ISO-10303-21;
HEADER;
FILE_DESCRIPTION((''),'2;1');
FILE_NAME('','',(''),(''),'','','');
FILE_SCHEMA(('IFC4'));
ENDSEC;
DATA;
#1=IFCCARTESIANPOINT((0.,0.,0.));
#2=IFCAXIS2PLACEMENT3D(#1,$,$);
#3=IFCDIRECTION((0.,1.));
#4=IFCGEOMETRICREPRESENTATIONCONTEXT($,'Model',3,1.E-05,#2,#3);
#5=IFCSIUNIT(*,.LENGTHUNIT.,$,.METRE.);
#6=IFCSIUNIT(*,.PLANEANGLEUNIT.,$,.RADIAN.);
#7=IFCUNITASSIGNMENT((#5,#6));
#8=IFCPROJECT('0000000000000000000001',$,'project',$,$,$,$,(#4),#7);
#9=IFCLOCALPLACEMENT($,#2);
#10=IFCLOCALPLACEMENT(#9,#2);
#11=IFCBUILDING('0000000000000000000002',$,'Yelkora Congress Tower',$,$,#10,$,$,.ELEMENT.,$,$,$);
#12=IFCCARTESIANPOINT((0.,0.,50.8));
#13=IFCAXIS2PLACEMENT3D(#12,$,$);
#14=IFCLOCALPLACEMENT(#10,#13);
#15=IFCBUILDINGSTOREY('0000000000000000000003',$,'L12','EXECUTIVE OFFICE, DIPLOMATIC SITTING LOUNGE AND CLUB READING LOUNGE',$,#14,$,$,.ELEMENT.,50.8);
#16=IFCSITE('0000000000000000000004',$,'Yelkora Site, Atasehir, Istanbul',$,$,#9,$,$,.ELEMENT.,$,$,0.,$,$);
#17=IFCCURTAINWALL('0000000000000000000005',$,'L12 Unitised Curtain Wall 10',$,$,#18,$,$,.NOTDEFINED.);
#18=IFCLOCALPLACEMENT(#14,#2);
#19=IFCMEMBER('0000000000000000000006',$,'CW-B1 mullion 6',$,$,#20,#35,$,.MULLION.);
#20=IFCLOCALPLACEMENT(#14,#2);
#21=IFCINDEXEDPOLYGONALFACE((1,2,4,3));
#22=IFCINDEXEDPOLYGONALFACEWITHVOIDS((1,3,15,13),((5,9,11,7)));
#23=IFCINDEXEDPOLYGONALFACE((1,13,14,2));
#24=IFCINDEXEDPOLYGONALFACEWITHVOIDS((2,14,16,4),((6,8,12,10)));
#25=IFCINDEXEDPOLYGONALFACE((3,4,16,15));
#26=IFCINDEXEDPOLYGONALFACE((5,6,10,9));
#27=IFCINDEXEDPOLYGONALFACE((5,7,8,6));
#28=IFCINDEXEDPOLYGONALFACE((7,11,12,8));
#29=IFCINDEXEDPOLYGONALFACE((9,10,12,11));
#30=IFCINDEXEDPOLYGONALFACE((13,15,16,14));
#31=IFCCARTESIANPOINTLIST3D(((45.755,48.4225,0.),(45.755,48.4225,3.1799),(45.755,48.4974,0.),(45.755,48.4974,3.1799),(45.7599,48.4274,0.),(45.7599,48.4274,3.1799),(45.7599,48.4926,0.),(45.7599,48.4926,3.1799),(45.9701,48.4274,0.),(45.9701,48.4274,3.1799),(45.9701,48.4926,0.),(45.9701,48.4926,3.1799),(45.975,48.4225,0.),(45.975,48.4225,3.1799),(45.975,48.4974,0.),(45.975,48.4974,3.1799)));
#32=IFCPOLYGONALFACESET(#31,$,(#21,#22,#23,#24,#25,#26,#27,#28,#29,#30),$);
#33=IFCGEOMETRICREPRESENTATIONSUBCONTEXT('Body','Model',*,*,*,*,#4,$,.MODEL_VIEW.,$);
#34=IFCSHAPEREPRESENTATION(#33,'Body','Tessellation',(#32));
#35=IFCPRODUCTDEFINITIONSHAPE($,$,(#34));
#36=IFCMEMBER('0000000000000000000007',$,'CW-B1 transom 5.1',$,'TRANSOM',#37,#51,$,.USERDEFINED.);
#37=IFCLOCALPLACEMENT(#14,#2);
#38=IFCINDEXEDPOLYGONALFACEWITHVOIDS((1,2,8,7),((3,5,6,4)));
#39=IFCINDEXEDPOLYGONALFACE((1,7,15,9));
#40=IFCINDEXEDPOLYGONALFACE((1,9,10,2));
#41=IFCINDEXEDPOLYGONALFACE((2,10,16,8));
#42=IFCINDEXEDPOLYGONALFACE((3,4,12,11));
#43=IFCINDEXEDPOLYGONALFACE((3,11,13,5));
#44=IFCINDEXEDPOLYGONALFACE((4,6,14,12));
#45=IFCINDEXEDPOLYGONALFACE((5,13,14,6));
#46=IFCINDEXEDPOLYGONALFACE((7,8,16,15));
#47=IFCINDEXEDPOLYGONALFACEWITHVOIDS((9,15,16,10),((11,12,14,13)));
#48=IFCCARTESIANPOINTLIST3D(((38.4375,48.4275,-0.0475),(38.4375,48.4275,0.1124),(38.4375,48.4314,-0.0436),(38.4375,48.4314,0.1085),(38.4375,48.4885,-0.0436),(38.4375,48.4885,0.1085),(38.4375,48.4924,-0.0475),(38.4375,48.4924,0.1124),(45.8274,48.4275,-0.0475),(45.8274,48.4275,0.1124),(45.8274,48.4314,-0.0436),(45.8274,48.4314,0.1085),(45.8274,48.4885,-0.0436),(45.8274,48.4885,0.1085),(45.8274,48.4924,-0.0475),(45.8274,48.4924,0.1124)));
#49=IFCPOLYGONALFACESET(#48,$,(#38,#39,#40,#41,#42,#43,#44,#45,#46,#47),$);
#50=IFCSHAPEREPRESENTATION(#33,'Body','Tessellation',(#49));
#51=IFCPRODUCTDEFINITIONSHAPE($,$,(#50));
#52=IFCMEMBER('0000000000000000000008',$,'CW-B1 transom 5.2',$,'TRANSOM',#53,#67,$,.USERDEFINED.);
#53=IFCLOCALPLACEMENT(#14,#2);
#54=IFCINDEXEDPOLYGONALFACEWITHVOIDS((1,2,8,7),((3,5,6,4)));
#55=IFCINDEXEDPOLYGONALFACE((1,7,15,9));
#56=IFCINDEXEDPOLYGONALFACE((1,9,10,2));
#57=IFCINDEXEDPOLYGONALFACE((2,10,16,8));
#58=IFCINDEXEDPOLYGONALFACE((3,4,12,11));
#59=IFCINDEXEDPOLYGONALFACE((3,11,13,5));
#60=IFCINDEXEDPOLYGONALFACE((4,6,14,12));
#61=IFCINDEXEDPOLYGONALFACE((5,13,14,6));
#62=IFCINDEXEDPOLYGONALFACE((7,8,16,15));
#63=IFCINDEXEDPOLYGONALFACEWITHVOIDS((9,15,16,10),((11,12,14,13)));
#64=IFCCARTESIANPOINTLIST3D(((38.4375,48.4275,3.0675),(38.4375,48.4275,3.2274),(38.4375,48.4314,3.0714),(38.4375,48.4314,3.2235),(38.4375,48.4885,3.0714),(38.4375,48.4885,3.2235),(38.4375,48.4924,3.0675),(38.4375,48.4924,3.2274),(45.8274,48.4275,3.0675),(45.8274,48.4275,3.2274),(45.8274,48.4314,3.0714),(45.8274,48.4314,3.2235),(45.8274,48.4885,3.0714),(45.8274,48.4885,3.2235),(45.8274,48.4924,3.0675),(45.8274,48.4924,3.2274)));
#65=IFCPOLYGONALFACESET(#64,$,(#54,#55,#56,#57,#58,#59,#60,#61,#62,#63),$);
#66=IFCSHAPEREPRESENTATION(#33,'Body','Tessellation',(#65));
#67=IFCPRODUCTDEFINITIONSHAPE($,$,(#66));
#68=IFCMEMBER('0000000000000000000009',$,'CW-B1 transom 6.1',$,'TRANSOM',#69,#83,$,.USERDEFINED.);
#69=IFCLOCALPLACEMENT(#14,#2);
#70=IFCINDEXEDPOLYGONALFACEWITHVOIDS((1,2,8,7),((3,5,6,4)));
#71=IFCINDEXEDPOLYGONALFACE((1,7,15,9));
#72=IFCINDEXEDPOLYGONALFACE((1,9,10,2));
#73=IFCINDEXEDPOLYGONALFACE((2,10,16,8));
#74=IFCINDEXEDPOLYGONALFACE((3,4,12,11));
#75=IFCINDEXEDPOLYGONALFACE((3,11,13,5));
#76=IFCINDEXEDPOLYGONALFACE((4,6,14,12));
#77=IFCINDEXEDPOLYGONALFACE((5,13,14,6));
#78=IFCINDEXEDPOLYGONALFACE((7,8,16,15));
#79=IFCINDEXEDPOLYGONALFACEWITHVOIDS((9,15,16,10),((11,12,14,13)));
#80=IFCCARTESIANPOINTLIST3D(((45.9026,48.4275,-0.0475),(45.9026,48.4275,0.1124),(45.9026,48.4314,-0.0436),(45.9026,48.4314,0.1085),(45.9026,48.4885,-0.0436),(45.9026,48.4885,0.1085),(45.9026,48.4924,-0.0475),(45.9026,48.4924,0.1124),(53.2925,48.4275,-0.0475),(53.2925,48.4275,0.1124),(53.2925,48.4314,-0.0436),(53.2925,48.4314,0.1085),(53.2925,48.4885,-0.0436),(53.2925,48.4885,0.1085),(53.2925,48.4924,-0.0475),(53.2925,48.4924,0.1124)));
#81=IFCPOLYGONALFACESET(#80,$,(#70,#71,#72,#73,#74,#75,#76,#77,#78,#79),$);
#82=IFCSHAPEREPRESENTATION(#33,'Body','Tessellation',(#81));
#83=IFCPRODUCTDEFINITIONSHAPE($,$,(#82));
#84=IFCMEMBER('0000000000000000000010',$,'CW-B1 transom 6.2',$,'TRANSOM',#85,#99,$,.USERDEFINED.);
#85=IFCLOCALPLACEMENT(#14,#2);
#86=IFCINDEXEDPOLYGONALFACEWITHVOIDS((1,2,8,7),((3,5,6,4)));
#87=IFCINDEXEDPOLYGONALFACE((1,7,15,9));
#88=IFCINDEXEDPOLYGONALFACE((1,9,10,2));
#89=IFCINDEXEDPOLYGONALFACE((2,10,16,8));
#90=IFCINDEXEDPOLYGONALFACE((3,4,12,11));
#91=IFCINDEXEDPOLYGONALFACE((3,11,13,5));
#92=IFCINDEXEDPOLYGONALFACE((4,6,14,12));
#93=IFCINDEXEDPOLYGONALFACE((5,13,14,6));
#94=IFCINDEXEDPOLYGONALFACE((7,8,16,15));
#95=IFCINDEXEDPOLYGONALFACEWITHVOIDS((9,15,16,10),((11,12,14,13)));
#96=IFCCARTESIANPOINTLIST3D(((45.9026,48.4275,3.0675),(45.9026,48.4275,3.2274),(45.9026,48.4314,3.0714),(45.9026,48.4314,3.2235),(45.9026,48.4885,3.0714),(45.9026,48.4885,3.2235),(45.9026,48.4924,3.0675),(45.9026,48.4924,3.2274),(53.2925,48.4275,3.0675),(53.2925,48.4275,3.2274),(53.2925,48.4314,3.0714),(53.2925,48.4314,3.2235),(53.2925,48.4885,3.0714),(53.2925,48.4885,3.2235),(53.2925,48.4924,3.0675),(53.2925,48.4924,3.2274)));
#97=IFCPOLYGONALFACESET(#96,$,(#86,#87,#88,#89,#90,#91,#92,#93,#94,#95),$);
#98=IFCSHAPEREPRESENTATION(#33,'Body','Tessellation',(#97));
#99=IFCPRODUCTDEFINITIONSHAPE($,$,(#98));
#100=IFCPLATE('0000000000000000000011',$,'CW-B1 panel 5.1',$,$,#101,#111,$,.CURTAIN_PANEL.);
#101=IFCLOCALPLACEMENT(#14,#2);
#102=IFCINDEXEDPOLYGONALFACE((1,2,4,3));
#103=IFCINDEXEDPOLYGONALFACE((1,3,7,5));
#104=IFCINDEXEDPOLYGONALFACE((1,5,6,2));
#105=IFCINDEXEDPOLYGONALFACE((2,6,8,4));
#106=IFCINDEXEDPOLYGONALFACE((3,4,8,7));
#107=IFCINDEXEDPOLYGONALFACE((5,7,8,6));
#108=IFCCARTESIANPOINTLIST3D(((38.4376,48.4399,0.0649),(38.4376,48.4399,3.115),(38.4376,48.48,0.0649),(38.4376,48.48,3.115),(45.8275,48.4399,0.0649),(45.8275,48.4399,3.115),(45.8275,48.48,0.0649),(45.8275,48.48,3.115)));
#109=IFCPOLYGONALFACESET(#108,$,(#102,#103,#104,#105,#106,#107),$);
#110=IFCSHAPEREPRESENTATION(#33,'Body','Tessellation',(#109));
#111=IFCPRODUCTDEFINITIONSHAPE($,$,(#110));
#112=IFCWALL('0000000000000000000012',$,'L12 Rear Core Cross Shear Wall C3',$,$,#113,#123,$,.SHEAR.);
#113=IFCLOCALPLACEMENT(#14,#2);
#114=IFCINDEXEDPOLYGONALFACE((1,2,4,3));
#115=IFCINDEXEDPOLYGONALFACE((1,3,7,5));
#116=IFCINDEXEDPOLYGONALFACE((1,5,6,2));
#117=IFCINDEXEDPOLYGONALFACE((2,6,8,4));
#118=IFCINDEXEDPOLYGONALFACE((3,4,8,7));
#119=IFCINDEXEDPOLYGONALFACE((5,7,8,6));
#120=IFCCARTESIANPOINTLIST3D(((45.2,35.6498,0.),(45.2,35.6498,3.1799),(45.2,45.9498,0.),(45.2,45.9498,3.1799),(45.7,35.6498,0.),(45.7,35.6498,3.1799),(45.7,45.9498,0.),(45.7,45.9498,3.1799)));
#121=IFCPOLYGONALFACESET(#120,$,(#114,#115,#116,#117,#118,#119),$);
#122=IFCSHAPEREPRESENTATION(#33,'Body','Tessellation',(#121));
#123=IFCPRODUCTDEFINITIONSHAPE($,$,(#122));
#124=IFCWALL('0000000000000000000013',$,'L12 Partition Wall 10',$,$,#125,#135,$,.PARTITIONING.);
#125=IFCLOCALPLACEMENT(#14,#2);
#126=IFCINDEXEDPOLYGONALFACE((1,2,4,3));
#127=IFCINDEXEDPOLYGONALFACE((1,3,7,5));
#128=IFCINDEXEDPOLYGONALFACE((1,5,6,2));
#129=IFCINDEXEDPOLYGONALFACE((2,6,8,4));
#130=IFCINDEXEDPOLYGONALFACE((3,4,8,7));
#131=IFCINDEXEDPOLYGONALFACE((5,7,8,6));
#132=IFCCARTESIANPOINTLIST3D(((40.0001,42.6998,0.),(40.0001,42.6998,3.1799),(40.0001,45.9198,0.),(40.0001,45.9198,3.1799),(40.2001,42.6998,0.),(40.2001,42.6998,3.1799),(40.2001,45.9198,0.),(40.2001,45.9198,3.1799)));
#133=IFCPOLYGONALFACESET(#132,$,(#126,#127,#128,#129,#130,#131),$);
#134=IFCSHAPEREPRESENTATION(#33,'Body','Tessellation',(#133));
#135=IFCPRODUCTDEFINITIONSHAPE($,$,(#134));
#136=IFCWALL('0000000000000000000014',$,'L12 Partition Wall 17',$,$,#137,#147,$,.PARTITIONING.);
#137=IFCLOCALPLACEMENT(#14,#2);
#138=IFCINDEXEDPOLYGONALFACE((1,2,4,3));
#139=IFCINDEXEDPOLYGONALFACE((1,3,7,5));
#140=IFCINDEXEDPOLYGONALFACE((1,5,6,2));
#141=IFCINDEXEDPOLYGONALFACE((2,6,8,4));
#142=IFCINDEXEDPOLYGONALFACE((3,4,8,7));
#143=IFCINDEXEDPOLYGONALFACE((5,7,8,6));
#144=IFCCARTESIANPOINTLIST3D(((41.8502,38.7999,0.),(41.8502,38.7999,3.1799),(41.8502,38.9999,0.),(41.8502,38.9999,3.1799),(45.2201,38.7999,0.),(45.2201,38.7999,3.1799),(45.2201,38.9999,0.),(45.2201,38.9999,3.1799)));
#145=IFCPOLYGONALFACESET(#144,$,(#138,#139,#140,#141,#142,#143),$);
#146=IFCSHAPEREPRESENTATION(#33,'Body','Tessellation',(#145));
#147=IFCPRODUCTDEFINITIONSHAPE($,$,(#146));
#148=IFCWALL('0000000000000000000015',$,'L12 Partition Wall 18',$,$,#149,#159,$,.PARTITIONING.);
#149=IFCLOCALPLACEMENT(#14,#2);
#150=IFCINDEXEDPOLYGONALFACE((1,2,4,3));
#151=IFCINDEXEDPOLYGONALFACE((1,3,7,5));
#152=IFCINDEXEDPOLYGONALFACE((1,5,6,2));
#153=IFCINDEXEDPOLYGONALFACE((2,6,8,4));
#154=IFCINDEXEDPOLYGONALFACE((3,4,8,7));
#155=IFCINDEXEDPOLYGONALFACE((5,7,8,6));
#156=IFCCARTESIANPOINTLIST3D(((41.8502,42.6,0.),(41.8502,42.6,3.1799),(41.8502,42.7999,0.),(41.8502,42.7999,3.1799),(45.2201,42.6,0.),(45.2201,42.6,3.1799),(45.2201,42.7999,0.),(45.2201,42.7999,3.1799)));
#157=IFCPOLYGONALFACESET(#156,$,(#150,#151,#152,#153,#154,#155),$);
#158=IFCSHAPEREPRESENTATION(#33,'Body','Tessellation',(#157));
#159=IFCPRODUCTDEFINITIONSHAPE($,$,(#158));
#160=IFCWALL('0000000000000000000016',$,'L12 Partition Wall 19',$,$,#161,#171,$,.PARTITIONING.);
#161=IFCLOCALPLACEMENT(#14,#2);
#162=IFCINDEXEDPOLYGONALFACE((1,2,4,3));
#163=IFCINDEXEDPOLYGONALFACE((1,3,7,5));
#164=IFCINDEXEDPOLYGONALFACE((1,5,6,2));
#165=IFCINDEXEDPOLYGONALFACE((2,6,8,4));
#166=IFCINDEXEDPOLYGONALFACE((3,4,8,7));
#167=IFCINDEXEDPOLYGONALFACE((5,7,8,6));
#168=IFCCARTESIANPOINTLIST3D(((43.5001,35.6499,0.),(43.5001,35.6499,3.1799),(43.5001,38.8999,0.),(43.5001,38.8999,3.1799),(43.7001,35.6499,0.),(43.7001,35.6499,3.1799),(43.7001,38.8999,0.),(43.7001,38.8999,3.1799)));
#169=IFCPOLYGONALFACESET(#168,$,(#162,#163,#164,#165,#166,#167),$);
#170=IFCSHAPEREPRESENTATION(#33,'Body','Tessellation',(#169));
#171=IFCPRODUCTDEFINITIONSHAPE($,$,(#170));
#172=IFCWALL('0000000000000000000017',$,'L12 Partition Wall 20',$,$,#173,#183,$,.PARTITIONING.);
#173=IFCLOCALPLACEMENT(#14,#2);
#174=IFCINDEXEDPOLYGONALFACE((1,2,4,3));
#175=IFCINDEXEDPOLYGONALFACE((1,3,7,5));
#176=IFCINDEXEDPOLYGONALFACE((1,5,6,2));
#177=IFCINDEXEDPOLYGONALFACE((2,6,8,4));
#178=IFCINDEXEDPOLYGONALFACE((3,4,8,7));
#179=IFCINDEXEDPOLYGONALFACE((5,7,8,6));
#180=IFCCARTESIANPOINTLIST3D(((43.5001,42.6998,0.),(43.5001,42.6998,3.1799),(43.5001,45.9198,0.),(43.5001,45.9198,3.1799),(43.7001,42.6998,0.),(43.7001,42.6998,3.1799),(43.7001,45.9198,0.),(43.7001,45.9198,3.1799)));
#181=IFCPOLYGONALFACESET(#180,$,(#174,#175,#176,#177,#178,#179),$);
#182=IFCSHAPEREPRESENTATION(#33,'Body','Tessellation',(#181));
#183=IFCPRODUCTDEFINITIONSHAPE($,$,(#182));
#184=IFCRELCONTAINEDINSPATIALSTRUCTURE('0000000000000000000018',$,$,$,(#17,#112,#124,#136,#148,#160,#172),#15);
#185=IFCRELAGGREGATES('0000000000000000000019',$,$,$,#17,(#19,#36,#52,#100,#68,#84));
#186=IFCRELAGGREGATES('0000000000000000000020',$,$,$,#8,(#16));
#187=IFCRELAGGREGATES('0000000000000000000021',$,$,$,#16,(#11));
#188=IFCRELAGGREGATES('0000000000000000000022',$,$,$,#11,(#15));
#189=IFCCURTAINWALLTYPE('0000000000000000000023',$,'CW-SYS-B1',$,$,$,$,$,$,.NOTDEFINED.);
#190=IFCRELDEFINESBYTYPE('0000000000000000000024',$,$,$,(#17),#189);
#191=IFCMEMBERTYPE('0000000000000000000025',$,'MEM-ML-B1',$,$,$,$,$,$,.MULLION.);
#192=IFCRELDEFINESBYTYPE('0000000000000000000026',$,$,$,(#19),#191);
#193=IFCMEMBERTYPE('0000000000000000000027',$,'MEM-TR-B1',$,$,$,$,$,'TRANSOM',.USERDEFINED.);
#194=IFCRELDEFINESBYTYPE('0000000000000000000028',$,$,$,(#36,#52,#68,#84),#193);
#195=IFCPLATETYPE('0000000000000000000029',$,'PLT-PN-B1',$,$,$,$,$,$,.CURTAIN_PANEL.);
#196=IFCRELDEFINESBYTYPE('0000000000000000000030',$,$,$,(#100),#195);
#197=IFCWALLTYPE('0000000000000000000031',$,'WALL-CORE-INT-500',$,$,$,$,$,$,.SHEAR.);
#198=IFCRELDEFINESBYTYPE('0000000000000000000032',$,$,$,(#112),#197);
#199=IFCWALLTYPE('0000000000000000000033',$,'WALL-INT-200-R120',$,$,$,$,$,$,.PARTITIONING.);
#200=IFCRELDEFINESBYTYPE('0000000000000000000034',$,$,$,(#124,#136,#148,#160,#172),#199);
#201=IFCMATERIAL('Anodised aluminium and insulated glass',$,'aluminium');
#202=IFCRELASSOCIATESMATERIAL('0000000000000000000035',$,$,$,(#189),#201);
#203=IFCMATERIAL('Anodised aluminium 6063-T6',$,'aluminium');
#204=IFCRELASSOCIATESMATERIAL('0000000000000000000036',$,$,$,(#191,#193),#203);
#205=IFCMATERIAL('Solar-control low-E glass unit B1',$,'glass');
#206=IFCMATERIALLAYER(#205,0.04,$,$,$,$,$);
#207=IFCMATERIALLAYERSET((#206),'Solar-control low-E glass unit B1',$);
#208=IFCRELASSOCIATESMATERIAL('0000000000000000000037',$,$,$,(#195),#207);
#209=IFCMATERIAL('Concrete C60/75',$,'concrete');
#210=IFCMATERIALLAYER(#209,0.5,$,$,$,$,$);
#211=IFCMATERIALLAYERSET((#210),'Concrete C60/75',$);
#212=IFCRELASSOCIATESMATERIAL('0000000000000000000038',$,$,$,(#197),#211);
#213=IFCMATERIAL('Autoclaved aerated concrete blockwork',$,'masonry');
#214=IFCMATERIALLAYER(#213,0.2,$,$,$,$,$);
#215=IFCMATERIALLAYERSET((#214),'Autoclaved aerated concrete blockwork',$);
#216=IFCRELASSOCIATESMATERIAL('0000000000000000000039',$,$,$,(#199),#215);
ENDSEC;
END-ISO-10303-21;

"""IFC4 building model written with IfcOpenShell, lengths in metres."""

from ifc_helpers import new_model, si_unit, direction, frame, frame_2d, origin, origin_2d, place, context, subcontext, project, spatial, rectangle, hollow_rectangle, extrude, material, layer, layer_set, material_profile, profile_set, type_object, element, aggregate, save


model = new_model("IFC4")

# Units and contexts
model_context = context("Model", 3, precision=1e-05, world=origin(), true_north=direction((0.0, 1.0)))
body_context = subcontext(model_context, "Body", "Model", "MODEL_VIEW")
ifc_project = project(units=[si_unit("LENGTHUNIT", "METRE"), si_unit("PLANEANGLEUNIT", "RADIAN")], contexts=[model_context])

# Site, building, storey
site_placement = place(None, origin())
site = spatial("IfcSite", under=ifc_project, at=site_placement, Name="Yelkora Site, Atasehir, Istanbul", CompositionType="ELEMENT", RefElevation=0.0)
building_placement = place(site_placement, origin())
building = spatial("IfcBuilding", under=site, at=building_placement, Name="Yelkora Congress Tower", CompositionType="ELEMENT")
storey_placement = place(building_placement, frame((0.0, 0.0, 50.8)))
storey = spatial("IfcBuildingStorey", under=building, at=storey_placement, Name="L12", Description="EXECUTIVE OFFICE, DIPLOMATIC SITTING LOUNGE AND CLUB READING LOUNGE", CompositionType="ELEMENT", Elevation=50.8)

# Shared definitions
ifc_material_1 = material(Name="Concrete C60/75", Category="concrete")

# Curtain wall, members, plate
ifc_material_2 = material(Name="Anodised aluminium and insulated glass", Category="aluminium")
curtain_wall_type = type_object("IfcCurtainWallType", Name="CW-SYS-B1", PredefinedType="NOTDEFINED", material=ifc_material_2)
curtain_wall_placement = place(storey_placement, origin())
curtain_wall = element("IfcCurtainWall", 1, at=curtain_wall_placement, inside=storey, type_object=curtain_wall_type, Name="L12 Unitised Curtain Wall 10", PredefinedType="NOTDEFINED")
ifc_material_3 = material(Name="Anodised aluminium 6063-T6", Category="aluminium")
ifc_material_profile_1 = material_profile(ifc_material_3, hollow_rectangle(XDim=0.075, YDim=0.22, WallThickness=0.0049, at=origin_2d()), Name="ALU 75x220x5")
ifc_profile_set_1 = profile_set([ifc_material_profile_1], Name="Anodised aluminium 6063-T6")
member_type_1 = type_object("IfcMemberType", Name="MEM-ML-B1", PredefinedType="MULLION", material=ifc_profile_set_1)
member_1_placement = place(storey_placement, frame((45.865, 48.46, 0.0), z_axis=(0.0, 0.0, 1.0), x_axis=(0.0, 1.0, 0.0)))
member_1 = element("IfcMember", 2, at=member_1_placement, type_object=member_type_1, Name="CW-B1 mullion 6", PredefinedType="MULLION", context=body_context, shape_type="SweptSolid", body=[
    extrude(hollow_rectangle(XDim=0.075, YDim=0.22, WallThickness=0.0049, at=origin_2d()), origin(), (0.0, 0.0, 1.0), 3.1799),
])
ifc_material_profile_2 = material_profile(ifc_material_3, hollow_rectangle(XDim=0.0649, YDim=0.1599, WallThickness=0.0039, at=origin_2d()), Name="ALU 65x160x4")
ifc_profile_set_2 = profile_set([ifc_material_profile_2], Name="Anodised aluminium 6063-T6")
member_type_2 = type_object("IfcMemberType", Name="MEM-TR-B1", ElementType="TRANSOM", PredefinedType="USERDEFINED", material=ifc_profile_set_2)
member_2_placement = place(storey_placement, frame((38.4375, 48.46, 0.0325), z_axis=(1.0, 0.0, 0.0), x_axis=(0.0, 1.0, 0.0)))
member_2 = element("IfcMember", 3, at=member_2_placement, type_object=member_type_2, Name="CW-B1 transom 5.1", ObjectType="TRANSOM", PredefinedType="USERDEFINED", context=body_context, shape_type="SweptSolid", body=[
    extrude(hollow_rectangle(XDim=0.0649, YDim=0.1599, WallThickness=0.0039, at=origin_2d()), origin(), (0.0, 0.0, 1.0), 7.3899),
])
member_3_placement = place(storey_placement, frame((38.4375, 48.46, 3.1475), z_axis=(1.0, 0.0, 0.0), x_axis=(0.0, 1.0, 0.0)))
member_3 = element("IfcMember", 4, at=member_3_placement, type_object=member_type_2, Name="CW-B1 transom 5.2", ObjectType="TRANSOM", PredefinedType="USERDEFINED", context=body_context, shape_type="SweptSolid", body=[
    extrude(hollow_rectangle(XDim=0.0649, YDim=0.1599, WallThickness=0.0039, at=origin_2d()), origin(), (0.0, 0.0, 1.0), 7.3899),
])
member_4_placement = place(storey_placement, frame((45.9026, 48.46, 0.0325), z_axis=(1.0, 0.0, 0.0), x_axis=(0.0, 1.0, 0.0)))
member_4 = element("IfcMember", 5, at=member_4_placement, type_object=member_type_2, Name="CW-B1 transom 6.1", ObjectType="TRANSOM", PredefinedType="USERDEFINED", context=body_context, shape_type="SweptSolid", body=[
    extrude(hollow_rectangle(XDim=0.0649, YDim=0.1599, WallThickness=0.0039, at=origin_2d()), origin(), (0.0, 0.0, 1.0), 7.3899),
])
member_5_placement = place(storey_placement, frame((45.9026, 48.46, 3.1475), z_axis=(1.0, 0.0, 0.0), x_axis=(0.0, 1.0, 0.0)))
member_5 = element("IfcMember", 6, at=member_5_placement, type_object=member_type_2, Name="CW-B1 transom 6.2", ObjectType="TRANSOM", PredefinedType="USERDEFINED", context=body_context, shape_type="SweptSolid", body=[
    extrude(hollow_rectangle(XDim=0.0649, YDim=0.1599, WallThickness=0.0039, at=origin_2d()), origin(), (0.0, 0.0, 1.0), 7.3899),
])
ifc_material_4 = material(Name="Solar-control low-E glass unit B1", Category="glass")
ifc_layer_1 = layer(ifc_material_4, 0.04)
ifc_layer_set_1 = layer_set([ifc_layer_1], Name="Solar-control low-E glass unit B1")
plate_type = type_object("IfcPlateType", Name="PLT-PN-B1", PredefinedType="CURTAIN_PANEL", material=ifc_layer_set_1)
plate_placement = place(storey_placement, frame((42.1326, 48.46, 0.0649), z_axis=(0.0, 0.0, 1.0), x_axis=(1.0, 0.0, 0.0)))
plate = element("IfcPlate", 7, at=plate_placement, type_object=plate_type, Name="CW-B1 panel 5.1", PredefinedType="CURTAIN_PANEL", context=body_context, shape_type="SweptSolid", body=[
    extrude(rectangle(XDim=7.3899, YDim=0.04, at=origin_2d()), origin(), (0.0, 0.0, 1.0), 3.05),
])
aggregate(curtain_wall, [member_1, member_2, member_3, plate, member_4, member_5])

# Wall
ifc_layer_2 = layer(ifc_material_1, 0.5)
ifc_layer_set_2 = layer_set([ifc_layer_2], Name="Concrete C60/75")
wall_type_1 = type_object("IfcWallType", Name="WALL-CORE-INT-500", PredefinedType="SHEAR", material=ifc_layer_set_2)
wall_1_placement = place(storey_placement, frame((45.45, 35.6499, 0.0), z_axis=(0.0, 0.0, 1.0), x_axis=(0.0, 1.0, 0.0)))
element("IfcWall", 8, at=wall_1_placement, inside=storey, type_object=wall_type_1, Name="L12 Rear Core Cross Shear Wall C3", PredefinedType="SHEAR", context=body_context, shape_type="SweptSolid", body=[
    extrude(rectangle(XDim=10.3, YDim=0.5, at=frame_2d((5.1499, 0.0))), origin(), (0.0, 0.0, 1.0), 3.1799),
])

# Walls
ifc_material_5 = material(Name="Autoclaved aerated concrete blockwork", Category="masonry")
ifc_layer_3 = layer(ifc_material_5, 0.2)
ifc_layer_set_3 = layer_set([ifc_layer_3], Name="Autoclaved aerated concrete blockwork")
wall_type_2 = type_object("IfcWallType", Name="WALL-INT-200-R120", PredefinedType="PARTITIONING", material=ifc_layer_set_3)
wall_2_placement = place(storey_placement, frame((40.1001, 42.7, 0.0), z_axis=(0.0, 0.0, 1.0), x_axis=(0.0, 1.0, 0.0)))
element("IfcWall", 9, at=wall_2_placement, inside=storey, type_object=wall_type_2, Name="L12 Partition Wall 10", PredefinedType="PARTITIONING", context=body_context, shape_type="SweptSolid", body=[
    extrude(rectangle(XDim=3.22, YDim=0.2, at=frame_2d((1.6099, 0.0))), origin(), (0.0, 0.0, 1.0), 3.1799),
])
for number, where, z_axis, x_axis, name in (
    (10, (41.8501, 38.8999, 0.0), (0.0, 0.0, 1.0), (1.0, 0.0, 0.0), "L12 Partition Wall 17"),
    (11, (41.8501, 42.7, 0.0), (0.0, 0.0, 1.0), (1.0, 0.0, 0.0), "L12 Partition Wall 18"),
):
    element("IfcWall", number, at=place(storey_placement, frame(where, z_axis=z_axis, x_axis=x_axis)), inside=storey, type_object=wall_type_2, Name=name, PredefinedType="PARTITIONING", context=body_context, shape_type="SweptSolid", body=[
        extrude(rectangle(XDim=3.3699, YDim=0.2, at=frame_2d((1.6851, 0.0))), origin(), (0.0, 0.0, 1.0), 3.1799),
    ])
wall_3_placement = place(storey_placement, frame((43.6001, 35.6499, 0.0), z_axis=(0.0, 0.0, 1.0), x_axis=(0.0, 1.0, 0.0)))
element("IfcWall", 12, at=wall_3_placement, inside=storey, type_object=wall_type_2, Name="L12 Partition Wall 19", PredefinedType="PARTITIONING", context=body_context, shape_type="SweptSolid", body=[
    extrude(rectangle(XDim=3.25, YDim=0.2, at=frame_2d((1.625, 0.0))), origin(), (0.0, 0.0, 1.0), 3.1799),
])
wall_4_placement = place(storey_placement, frame((43.6001, 42.7, 0.0), z_axis=(0.0, 0.0, 1.0), x_axis=(0.0, 1.0, 0.0)))
element("IfcWall", 13, at=wall_4_placement, inside=storey, type_object=wall_type_2, Name="L12 Partition Wall 20", PredefinedType="PARTITIONING", context=body_context, shape_type="SweptSolid", body=[
    extrude(rectangle(XDim=3.22, YDim=0.2, at=frame_2d((1.6099, 0.0))), origin(), (0.0, 0.0, 1.0), 3.1799),
])

save(model, "model.ifc")
